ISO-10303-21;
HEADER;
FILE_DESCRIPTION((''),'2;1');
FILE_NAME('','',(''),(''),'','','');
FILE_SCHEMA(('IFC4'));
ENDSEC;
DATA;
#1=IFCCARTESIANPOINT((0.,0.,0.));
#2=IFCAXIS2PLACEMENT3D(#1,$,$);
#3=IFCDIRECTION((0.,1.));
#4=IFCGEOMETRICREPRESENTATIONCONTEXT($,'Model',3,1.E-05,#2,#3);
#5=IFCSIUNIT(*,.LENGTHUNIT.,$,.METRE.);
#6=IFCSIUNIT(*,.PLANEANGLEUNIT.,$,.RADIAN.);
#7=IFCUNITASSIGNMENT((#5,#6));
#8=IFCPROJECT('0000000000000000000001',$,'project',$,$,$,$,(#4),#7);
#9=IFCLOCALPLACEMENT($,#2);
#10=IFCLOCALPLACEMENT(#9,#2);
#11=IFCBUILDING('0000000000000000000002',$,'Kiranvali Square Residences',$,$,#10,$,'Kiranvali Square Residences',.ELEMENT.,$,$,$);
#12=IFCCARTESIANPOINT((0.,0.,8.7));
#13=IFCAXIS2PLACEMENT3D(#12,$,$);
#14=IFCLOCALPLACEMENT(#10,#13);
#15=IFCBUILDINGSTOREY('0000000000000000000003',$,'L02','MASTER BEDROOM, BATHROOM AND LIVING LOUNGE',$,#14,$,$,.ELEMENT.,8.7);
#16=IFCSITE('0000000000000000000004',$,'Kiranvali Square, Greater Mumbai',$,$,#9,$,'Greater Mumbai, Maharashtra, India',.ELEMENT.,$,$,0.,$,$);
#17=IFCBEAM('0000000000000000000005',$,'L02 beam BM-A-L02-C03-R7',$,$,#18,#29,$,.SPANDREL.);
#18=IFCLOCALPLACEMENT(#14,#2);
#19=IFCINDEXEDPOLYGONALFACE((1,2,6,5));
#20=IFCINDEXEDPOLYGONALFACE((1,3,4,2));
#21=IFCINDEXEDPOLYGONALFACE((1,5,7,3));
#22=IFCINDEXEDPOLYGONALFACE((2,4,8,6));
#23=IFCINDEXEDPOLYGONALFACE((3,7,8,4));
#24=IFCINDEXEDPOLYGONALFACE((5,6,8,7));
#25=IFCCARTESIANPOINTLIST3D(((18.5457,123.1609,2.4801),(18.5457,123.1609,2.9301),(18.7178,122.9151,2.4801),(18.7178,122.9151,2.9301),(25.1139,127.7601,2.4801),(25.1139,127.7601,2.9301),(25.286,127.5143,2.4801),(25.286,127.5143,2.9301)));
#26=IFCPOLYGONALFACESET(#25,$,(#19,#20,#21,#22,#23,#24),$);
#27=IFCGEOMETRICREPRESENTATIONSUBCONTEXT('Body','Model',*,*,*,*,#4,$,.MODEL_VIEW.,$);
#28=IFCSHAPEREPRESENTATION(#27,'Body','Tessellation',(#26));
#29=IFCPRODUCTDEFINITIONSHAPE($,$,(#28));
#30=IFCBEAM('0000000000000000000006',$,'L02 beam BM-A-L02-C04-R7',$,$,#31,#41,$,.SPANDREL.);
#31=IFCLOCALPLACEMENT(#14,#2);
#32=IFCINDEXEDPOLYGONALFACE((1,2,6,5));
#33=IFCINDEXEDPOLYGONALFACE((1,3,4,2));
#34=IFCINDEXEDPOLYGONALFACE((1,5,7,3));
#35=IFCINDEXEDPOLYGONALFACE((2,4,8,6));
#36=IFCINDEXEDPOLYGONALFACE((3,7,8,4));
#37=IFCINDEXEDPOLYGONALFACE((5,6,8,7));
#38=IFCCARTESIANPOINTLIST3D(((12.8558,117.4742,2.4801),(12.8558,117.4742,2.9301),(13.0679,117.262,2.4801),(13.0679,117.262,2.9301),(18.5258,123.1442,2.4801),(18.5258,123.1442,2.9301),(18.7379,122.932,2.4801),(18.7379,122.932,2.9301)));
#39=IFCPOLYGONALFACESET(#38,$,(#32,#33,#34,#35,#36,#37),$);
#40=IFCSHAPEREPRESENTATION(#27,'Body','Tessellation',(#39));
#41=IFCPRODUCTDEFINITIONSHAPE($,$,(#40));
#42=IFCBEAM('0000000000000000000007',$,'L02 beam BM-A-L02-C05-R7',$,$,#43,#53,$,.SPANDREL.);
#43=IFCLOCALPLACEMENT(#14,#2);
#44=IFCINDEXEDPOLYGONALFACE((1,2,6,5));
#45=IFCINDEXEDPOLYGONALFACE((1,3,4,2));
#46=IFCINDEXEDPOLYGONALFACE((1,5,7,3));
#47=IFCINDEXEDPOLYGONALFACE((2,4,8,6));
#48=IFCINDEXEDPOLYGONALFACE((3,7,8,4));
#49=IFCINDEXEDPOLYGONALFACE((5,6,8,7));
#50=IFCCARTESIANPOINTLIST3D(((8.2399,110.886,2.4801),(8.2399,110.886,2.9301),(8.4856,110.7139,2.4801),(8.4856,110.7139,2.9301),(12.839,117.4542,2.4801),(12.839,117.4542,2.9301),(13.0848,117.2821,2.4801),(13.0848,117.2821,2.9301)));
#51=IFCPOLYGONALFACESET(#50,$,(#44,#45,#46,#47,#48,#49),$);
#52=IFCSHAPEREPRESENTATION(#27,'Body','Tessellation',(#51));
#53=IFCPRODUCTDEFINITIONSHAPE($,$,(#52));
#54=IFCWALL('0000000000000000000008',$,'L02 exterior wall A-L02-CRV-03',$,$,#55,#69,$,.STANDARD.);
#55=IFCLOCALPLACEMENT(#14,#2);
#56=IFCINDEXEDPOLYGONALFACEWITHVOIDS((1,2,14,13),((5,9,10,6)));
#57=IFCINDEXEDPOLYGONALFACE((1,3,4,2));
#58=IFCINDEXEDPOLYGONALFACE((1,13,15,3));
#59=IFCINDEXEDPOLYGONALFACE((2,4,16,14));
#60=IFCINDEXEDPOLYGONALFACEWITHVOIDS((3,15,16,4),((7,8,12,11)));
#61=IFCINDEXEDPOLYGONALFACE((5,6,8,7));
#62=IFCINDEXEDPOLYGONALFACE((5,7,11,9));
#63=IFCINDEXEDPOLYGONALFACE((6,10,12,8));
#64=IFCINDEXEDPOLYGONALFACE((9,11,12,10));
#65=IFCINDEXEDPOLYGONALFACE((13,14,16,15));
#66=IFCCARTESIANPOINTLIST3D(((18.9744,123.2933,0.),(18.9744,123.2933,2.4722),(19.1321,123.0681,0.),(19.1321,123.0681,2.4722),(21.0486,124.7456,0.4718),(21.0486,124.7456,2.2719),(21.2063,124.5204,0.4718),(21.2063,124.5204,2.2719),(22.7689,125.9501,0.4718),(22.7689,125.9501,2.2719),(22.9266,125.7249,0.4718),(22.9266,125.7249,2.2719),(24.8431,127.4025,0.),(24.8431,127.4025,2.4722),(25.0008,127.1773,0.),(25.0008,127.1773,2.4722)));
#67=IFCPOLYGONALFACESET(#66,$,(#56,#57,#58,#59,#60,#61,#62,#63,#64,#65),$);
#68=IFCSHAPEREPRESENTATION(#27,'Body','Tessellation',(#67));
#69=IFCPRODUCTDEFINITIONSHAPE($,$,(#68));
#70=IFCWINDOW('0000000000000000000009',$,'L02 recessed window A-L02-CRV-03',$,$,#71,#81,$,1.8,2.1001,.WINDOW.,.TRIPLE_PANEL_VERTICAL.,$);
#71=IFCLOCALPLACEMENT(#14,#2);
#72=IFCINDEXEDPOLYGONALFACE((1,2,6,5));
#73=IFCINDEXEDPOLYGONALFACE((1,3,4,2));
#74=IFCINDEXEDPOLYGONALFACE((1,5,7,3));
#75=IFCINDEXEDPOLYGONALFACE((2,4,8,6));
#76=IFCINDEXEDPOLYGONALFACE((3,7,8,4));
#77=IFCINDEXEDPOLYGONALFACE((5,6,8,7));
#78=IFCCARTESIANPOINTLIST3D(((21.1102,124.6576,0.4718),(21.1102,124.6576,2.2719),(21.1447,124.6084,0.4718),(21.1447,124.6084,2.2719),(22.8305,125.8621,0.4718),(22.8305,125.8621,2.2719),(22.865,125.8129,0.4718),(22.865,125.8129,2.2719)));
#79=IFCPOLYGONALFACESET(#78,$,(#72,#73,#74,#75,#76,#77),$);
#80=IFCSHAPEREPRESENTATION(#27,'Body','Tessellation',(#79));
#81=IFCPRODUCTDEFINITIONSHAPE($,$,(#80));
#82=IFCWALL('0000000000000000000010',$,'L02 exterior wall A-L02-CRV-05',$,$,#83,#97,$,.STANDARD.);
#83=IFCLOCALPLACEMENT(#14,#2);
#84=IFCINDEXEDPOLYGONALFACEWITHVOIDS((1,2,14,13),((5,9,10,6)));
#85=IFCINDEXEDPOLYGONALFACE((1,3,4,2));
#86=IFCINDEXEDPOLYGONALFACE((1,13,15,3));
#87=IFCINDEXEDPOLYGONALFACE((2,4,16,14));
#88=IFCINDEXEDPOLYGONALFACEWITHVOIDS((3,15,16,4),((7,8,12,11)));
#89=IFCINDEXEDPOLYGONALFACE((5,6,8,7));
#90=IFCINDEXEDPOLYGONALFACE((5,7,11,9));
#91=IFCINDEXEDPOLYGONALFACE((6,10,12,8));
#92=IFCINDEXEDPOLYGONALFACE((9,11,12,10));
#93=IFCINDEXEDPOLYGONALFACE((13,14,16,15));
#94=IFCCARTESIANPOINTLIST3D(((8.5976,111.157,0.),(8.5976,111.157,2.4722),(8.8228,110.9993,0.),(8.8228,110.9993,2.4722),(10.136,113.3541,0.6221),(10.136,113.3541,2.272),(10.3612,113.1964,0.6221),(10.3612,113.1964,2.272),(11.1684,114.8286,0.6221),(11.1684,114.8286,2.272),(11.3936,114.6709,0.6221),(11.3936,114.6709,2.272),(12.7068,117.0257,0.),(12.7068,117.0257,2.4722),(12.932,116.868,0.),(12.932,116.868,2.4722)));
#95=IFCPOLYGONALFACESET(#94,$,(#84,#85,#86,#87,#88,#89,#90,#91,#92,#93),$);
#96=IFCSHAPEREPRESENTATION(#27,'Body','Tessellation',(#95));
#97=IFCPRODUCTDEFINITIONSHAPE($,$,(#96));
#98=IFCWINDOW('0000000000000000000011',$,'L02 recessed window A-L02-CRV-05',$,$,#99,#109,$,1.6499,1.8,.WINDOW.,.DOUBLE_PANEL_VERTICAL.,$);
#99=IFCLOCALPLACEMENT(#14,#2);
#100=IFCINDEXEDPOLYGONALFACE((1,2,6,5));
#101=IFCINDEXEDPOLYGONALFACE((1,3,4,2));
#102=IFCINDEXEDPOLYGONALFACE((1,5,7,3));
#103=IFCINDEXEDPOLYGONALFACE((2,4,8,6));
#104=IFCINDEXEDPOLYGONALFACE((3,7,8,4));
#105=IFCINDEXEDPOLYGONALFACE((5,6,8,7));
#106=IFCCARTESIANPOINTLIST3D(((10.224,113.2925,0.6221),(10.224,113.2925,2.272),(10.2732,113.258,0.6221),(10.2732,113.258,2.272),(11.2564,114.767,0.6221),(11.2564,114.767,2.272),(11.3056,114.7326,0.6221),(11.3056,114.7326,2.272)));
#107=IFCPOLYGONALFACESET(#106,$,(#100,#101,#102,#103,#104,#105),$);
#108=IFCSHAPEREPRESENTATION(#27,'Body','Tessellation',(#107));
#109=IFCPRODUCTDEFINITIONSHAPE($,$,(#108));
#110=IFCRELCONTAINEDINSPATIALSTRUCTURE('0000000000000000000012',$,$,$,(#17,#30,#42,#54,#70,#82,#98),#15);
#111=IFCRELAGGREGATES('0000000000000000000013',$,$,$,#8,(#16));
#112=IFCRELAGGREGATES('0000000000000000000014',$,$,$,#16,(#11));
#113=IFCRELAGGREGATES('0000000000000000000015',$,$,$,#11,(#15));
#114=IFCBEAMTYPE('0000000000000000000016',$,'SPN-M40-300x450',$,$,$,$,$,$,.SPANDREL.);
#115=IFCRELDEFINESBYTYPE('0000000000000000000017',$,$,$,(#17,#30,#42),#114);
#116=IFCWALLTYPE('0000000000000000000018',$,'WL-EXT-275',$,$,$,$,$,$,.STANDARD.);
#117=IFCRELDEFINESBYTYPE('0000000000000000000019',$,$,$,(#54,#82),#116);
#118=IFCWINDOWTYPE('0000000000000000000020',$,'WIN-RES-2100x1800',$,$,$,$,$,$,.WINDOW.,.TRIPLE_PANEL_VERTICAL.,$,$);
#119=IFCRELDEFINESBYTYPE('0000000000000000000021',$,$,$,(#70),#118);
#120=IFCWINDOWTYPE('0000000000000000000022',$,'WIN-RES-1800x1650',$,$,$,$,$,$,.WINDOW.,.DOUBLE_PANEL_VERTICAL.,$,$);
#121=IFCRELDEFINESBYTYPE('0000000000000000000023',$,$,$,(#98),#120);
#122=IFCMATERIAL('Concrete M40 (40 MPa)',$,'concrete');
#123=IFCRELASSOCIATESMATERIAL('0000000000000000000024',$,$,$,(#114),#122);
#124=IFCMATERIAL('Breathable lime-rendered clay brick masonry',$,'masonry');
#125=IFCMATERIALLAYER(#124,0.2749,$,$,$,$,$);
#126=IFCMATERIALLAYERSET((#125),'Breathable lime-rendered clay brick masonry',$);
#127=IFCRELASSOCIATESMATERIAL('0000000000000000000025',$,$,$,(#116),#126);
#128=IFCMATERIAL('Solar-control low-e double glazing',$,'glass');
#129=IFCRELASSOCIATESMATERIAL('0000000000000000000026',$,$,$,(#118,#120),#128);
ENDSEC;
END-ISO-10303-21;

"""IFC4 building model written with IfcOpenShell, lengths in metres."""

from ifc_helpers import new_model, si_unit, direction, frame, frame_2d, origin, origin_2d, place, context, subcontext, project, spatial, rectangle, extrude, material, layer, layer_set, material_profile, profile_set, type_object, element, fill, save


model = new_model("IFC4")

# Units and contexts
model_context = context("Model", 3, precision=1e-05, world=origin(), true_north=direction((0.0, 1.0)))
body_context = subcontext(model_context, "Body", "Model", "MODEL_VIEW")
ifc_project = project(units=[si_unit("LENGTHUNIT", "METRE"), si_unit("PLANEANGLEUNIT", "RADIAN")], contexts=[model_context])

# Site, building, storey
site_placement = place(None, origin())
site = spatial("IfcSite", under=ifc_project, at=site_placement, Name="Kiranvali Square, Greater Mumbai", LongName="Greater Mumbai, Maharashtra, India", CompositionType="ELEMENT", RefElevation=0.0)
building_placement = place(site_placement, origin())
building = spatial("IfcBuilding", under=site, at=building_placement, Name="Kiranvali Square Residences", LongName="Kiranvali Square Residences", CompositionType="ELEMENT")
storey_placement = place(building_placement, frame((0.0, 0.0, 8.7)))
storey = spatial("IfcBuildingStorey", under=building, at=storey_placement, Name="L02", Description="MASTER BEDROOM, BATHROOM AND LIVING LOUNGE", CompositionType="ELEMENT", Elevation=8.7)

# Beams
ifc_material_1 = material(Name="Concrete M40 (40 MPa)", Category="concrete")
ifc_material_profile_1 = material_profile(ifc_material_1, rectangle(XDim=0.3, YDim=0.45, at=origin_2d()), Name="RC 300x450")
ifc_profile_set_1 = profile_set([ifc_material_profile_1], Name="Concrete M40 (40 MPa)")
beam_type_1 = type_object("IfcBeamType", Name="SPN-M40-300x450", PredefinedType="SPANDREL", material=ifc_profile_set_1)
beam_1_placement = place(storey_placement, frame((25.2, 127.6372, 2.7051), z_axis=(-0.819148, -0.573583, 0.0), x_axis=(0.573583, -0.819148, 0.0)))
element("IfcBeam", 1, at=beam_1_placement, inside=storey, type_object=beam_type_1, Name="L02 beam BM-A-L02-C03-R7", PredefinedType="SPANDREL", context=body_context, shape_type="SweptSolid", body=[
    extrude(rectangle(XDim=0.3, YDim=0.45, at=origin_2d()), origin(), (0.0, 0.0, 1.0), 8.0183),
])
beam_2_placement = place(storey_placement, frame((18.6318, 123.0381, 2.7051), z_axis=(-0.707107, -0.707107, 0.0), x_axis=(0.707107, -0.707107, 0.0)))
element("IfcBeam", 2, at=beam_2_placement, inside=storey, type_object=beam_type_1, Name="L02 beam BM-A-L02-C04-R7", PredefinedType="SPANDREL", context=body_context, shape_type="SweptSolid", body=[
    extrude(rectangle(XDim=0.3, YDim=0.45, at=origin_2d()), origin(), (0.0, 0.0, 1.0), 8.0186),
])
beam_3_placement = place(storey_placement, frame((12.9619, 117.3682, 2.7051), z_axis=(-0.573583, -0.819148, 0.0), x_axis=(0.819148, -0.573583, 0.0)))
element("IfcBeam", 3, at=beam_3_placement, inside=storey, type_object=beam_type_1, Name="L02 beam BM-A-L02-C05-R7", PredefinedType="SPANDREL", context=body_context, shape_type="SweptSolid", body=[
    extrude(rectangle(XDim=0.3, YDim=0.45, at=origin_2d()), origin(), (0.0, 0.0, 1.0), 8.0183),
])

# Wall, opening, window
ifc_material_2 = material(Name="Breathable lime-rendered clay brick masonry", Category="masonry")
ifc_layer = layer(ifc_material_2, 0.2749)
ifc_layer_set = layer_set([ifc_layer], Name="Breathable lime-rendered clay brick masonry")
wall_type = type_object("IfcWallType", Name="WL-EXT-275", PredefinedType="STANDARD", material=ifc_layer_set)
wall_1_placement = place(storey_placement, frame((24.9219, 127.2898, 0.0), z_axis=(0.0, 0.0, 1.0), x_axis=(-0.819161, -0.573563, 0.0)))
wall_1 = element("IfcWall", 4, at=wall_1_placement, inside=storey, type_object=wall_type, Name="L02 exterior wall A-L02-CRV-03", PredefinedType="STANDARD", context=body_context, shape_type="SweptSolid", body=[
    extrude(rectangle(XDim=7.1643, YDim=0.2749, at=frame_2d((3.582, 0.0))), origin(), (0.0, 0.0, 1.0), 2.4722),
])
opening_1_placement = place(wall_1_placement, frame((2.532, 0.0, 0.4719)))
opening_1 = element("IfcOpeningElement", 5, at=opening_1_placement, cuts=wall_1, PredefinedType="OPENING", context=body_context, shape_type="SweptSolid", body=[
    extrude(rectangle(XDim=2.1001, YDim=1.8, at=frame_2d((1.05, 0.8999))), frame((0.0, 0.1475, 0.0), z_axis=(0.0, -1.0, 0.0), x_axis=(1.0, 0.0, 0.0)), (0.0, 0.0, 1.0), 0.2949),
])
ifc_material_3 = material(Name="Solar-control low-e double glazing", Category="glass")
window_type_1 = type_object("IfcWindowType", Name="WIN-RES-2100x1800", PartitioningType="TRIPLE_PANEL_VERTICAL", PredefinedType="WINDOW", material=ifc_material_3)
window_1_placement = place(opening_1_placement, origin())
window_1 = element("IfcWindow", 6, at=window_1_placement, inside=storey, type_object=window_type_1, Name="L02 recessed window A-L02-CRV-03", OverallHeight=1.8, OverallWidth=2.1001, PartitioningType="TRIPLE_PANEL_VERTICAL", PredefinedType="WINDOW", context=body_context, shape_type="SweptSolid", body=[
    extrude(rectangle(XDim=2.1001, YDim=1.8, at=frame_2d((1.05, 0.8999))), frame((0.0, 0.03, 0.0), z_axis=(0.0, -1.0, 0.0), x_axis=(1.0, 0.0, 0.0)), (0.0, 0.0, 1.0), 0.0601),
])
fill(opening_1, window_1)

# Wall, opening, window
wall_2_placement = place(storey_placement, frame((12.8193, 116.9468, 0.0), z_axis=(0.0, 0.0, 1.0), x_axis=(-0.573563, -0.819161, 0.0)))
wall_2 = element("IfcWall", 7, at=wall_2_placement, inside=storey, type_object=wall_type, Name="L02 exterior wall A-L02-CRV-05", PredefinedType="STANDARD", context=body_context, shape_type="SweptSolid", body=[
    extrude(rectangle(XDim=7.1643, YDim=0.2749, at=frame_2d((3.582, 0.0))), origin(), (0.0, 0.0, 1.0), 2.4722),
])
opening_2_placement = place(wall_2_placement, frame((2.6821, 0.0, 0.6221)))
opening_2 = element("IfcOpeningElement", 8, at=opening_2_placement, cuts=wall_2, PredefinedType="OPENING", context=body_context, shape_type="SweptSolid", body=[
    extrude(rectangle(XDim=1.8, YDim=1.6499, at=frame_2d((0.8999, 0.825))), frame((0.0, 0.1475, 0.0), z_axis=(0.0, -1.0, 0.0), x_axis=(1.0, 0.0, 0.0)), (0.0, 0.0, 1.0), 0.2949),
])
window_type_2 = type_object("IfcWindowType", Name="WIN-RES-1800x1650", PartitioningType="DOUBLE_PANEL_VERTICAL", PredefinedType="WINDOW", material=ifc_material_3)
window_2_placement = place(opening_2_placement, origin())
window_2 = element("IfcWindow", 9, at=window_2_placement, inside=storey, type_object=window_type_2, Name="L02 recessed window A-L02-CRV-05", OverallHeight=1.6499, OverallWidth=1.8, PartitioningType="DOUBLE_PANEL_VERTICAL", PredefinedType="WINDOW", context=body_context, shape_type="SweptSolid", body=[
    extrude(rectangle(XDim=1.8, YDim=1.6499, at=frame_2d((0.8999, 0.825))), frame((0.0, 0.03, 0.0), z_axis=(0.0, -1.0, 0.0), x_axis=(1.0, 0.0, 0.0)), (0.0, 0.0, 1.0), 0.0601),
])
fill(opening_2, window_2)

save(model, "model.ifc")
